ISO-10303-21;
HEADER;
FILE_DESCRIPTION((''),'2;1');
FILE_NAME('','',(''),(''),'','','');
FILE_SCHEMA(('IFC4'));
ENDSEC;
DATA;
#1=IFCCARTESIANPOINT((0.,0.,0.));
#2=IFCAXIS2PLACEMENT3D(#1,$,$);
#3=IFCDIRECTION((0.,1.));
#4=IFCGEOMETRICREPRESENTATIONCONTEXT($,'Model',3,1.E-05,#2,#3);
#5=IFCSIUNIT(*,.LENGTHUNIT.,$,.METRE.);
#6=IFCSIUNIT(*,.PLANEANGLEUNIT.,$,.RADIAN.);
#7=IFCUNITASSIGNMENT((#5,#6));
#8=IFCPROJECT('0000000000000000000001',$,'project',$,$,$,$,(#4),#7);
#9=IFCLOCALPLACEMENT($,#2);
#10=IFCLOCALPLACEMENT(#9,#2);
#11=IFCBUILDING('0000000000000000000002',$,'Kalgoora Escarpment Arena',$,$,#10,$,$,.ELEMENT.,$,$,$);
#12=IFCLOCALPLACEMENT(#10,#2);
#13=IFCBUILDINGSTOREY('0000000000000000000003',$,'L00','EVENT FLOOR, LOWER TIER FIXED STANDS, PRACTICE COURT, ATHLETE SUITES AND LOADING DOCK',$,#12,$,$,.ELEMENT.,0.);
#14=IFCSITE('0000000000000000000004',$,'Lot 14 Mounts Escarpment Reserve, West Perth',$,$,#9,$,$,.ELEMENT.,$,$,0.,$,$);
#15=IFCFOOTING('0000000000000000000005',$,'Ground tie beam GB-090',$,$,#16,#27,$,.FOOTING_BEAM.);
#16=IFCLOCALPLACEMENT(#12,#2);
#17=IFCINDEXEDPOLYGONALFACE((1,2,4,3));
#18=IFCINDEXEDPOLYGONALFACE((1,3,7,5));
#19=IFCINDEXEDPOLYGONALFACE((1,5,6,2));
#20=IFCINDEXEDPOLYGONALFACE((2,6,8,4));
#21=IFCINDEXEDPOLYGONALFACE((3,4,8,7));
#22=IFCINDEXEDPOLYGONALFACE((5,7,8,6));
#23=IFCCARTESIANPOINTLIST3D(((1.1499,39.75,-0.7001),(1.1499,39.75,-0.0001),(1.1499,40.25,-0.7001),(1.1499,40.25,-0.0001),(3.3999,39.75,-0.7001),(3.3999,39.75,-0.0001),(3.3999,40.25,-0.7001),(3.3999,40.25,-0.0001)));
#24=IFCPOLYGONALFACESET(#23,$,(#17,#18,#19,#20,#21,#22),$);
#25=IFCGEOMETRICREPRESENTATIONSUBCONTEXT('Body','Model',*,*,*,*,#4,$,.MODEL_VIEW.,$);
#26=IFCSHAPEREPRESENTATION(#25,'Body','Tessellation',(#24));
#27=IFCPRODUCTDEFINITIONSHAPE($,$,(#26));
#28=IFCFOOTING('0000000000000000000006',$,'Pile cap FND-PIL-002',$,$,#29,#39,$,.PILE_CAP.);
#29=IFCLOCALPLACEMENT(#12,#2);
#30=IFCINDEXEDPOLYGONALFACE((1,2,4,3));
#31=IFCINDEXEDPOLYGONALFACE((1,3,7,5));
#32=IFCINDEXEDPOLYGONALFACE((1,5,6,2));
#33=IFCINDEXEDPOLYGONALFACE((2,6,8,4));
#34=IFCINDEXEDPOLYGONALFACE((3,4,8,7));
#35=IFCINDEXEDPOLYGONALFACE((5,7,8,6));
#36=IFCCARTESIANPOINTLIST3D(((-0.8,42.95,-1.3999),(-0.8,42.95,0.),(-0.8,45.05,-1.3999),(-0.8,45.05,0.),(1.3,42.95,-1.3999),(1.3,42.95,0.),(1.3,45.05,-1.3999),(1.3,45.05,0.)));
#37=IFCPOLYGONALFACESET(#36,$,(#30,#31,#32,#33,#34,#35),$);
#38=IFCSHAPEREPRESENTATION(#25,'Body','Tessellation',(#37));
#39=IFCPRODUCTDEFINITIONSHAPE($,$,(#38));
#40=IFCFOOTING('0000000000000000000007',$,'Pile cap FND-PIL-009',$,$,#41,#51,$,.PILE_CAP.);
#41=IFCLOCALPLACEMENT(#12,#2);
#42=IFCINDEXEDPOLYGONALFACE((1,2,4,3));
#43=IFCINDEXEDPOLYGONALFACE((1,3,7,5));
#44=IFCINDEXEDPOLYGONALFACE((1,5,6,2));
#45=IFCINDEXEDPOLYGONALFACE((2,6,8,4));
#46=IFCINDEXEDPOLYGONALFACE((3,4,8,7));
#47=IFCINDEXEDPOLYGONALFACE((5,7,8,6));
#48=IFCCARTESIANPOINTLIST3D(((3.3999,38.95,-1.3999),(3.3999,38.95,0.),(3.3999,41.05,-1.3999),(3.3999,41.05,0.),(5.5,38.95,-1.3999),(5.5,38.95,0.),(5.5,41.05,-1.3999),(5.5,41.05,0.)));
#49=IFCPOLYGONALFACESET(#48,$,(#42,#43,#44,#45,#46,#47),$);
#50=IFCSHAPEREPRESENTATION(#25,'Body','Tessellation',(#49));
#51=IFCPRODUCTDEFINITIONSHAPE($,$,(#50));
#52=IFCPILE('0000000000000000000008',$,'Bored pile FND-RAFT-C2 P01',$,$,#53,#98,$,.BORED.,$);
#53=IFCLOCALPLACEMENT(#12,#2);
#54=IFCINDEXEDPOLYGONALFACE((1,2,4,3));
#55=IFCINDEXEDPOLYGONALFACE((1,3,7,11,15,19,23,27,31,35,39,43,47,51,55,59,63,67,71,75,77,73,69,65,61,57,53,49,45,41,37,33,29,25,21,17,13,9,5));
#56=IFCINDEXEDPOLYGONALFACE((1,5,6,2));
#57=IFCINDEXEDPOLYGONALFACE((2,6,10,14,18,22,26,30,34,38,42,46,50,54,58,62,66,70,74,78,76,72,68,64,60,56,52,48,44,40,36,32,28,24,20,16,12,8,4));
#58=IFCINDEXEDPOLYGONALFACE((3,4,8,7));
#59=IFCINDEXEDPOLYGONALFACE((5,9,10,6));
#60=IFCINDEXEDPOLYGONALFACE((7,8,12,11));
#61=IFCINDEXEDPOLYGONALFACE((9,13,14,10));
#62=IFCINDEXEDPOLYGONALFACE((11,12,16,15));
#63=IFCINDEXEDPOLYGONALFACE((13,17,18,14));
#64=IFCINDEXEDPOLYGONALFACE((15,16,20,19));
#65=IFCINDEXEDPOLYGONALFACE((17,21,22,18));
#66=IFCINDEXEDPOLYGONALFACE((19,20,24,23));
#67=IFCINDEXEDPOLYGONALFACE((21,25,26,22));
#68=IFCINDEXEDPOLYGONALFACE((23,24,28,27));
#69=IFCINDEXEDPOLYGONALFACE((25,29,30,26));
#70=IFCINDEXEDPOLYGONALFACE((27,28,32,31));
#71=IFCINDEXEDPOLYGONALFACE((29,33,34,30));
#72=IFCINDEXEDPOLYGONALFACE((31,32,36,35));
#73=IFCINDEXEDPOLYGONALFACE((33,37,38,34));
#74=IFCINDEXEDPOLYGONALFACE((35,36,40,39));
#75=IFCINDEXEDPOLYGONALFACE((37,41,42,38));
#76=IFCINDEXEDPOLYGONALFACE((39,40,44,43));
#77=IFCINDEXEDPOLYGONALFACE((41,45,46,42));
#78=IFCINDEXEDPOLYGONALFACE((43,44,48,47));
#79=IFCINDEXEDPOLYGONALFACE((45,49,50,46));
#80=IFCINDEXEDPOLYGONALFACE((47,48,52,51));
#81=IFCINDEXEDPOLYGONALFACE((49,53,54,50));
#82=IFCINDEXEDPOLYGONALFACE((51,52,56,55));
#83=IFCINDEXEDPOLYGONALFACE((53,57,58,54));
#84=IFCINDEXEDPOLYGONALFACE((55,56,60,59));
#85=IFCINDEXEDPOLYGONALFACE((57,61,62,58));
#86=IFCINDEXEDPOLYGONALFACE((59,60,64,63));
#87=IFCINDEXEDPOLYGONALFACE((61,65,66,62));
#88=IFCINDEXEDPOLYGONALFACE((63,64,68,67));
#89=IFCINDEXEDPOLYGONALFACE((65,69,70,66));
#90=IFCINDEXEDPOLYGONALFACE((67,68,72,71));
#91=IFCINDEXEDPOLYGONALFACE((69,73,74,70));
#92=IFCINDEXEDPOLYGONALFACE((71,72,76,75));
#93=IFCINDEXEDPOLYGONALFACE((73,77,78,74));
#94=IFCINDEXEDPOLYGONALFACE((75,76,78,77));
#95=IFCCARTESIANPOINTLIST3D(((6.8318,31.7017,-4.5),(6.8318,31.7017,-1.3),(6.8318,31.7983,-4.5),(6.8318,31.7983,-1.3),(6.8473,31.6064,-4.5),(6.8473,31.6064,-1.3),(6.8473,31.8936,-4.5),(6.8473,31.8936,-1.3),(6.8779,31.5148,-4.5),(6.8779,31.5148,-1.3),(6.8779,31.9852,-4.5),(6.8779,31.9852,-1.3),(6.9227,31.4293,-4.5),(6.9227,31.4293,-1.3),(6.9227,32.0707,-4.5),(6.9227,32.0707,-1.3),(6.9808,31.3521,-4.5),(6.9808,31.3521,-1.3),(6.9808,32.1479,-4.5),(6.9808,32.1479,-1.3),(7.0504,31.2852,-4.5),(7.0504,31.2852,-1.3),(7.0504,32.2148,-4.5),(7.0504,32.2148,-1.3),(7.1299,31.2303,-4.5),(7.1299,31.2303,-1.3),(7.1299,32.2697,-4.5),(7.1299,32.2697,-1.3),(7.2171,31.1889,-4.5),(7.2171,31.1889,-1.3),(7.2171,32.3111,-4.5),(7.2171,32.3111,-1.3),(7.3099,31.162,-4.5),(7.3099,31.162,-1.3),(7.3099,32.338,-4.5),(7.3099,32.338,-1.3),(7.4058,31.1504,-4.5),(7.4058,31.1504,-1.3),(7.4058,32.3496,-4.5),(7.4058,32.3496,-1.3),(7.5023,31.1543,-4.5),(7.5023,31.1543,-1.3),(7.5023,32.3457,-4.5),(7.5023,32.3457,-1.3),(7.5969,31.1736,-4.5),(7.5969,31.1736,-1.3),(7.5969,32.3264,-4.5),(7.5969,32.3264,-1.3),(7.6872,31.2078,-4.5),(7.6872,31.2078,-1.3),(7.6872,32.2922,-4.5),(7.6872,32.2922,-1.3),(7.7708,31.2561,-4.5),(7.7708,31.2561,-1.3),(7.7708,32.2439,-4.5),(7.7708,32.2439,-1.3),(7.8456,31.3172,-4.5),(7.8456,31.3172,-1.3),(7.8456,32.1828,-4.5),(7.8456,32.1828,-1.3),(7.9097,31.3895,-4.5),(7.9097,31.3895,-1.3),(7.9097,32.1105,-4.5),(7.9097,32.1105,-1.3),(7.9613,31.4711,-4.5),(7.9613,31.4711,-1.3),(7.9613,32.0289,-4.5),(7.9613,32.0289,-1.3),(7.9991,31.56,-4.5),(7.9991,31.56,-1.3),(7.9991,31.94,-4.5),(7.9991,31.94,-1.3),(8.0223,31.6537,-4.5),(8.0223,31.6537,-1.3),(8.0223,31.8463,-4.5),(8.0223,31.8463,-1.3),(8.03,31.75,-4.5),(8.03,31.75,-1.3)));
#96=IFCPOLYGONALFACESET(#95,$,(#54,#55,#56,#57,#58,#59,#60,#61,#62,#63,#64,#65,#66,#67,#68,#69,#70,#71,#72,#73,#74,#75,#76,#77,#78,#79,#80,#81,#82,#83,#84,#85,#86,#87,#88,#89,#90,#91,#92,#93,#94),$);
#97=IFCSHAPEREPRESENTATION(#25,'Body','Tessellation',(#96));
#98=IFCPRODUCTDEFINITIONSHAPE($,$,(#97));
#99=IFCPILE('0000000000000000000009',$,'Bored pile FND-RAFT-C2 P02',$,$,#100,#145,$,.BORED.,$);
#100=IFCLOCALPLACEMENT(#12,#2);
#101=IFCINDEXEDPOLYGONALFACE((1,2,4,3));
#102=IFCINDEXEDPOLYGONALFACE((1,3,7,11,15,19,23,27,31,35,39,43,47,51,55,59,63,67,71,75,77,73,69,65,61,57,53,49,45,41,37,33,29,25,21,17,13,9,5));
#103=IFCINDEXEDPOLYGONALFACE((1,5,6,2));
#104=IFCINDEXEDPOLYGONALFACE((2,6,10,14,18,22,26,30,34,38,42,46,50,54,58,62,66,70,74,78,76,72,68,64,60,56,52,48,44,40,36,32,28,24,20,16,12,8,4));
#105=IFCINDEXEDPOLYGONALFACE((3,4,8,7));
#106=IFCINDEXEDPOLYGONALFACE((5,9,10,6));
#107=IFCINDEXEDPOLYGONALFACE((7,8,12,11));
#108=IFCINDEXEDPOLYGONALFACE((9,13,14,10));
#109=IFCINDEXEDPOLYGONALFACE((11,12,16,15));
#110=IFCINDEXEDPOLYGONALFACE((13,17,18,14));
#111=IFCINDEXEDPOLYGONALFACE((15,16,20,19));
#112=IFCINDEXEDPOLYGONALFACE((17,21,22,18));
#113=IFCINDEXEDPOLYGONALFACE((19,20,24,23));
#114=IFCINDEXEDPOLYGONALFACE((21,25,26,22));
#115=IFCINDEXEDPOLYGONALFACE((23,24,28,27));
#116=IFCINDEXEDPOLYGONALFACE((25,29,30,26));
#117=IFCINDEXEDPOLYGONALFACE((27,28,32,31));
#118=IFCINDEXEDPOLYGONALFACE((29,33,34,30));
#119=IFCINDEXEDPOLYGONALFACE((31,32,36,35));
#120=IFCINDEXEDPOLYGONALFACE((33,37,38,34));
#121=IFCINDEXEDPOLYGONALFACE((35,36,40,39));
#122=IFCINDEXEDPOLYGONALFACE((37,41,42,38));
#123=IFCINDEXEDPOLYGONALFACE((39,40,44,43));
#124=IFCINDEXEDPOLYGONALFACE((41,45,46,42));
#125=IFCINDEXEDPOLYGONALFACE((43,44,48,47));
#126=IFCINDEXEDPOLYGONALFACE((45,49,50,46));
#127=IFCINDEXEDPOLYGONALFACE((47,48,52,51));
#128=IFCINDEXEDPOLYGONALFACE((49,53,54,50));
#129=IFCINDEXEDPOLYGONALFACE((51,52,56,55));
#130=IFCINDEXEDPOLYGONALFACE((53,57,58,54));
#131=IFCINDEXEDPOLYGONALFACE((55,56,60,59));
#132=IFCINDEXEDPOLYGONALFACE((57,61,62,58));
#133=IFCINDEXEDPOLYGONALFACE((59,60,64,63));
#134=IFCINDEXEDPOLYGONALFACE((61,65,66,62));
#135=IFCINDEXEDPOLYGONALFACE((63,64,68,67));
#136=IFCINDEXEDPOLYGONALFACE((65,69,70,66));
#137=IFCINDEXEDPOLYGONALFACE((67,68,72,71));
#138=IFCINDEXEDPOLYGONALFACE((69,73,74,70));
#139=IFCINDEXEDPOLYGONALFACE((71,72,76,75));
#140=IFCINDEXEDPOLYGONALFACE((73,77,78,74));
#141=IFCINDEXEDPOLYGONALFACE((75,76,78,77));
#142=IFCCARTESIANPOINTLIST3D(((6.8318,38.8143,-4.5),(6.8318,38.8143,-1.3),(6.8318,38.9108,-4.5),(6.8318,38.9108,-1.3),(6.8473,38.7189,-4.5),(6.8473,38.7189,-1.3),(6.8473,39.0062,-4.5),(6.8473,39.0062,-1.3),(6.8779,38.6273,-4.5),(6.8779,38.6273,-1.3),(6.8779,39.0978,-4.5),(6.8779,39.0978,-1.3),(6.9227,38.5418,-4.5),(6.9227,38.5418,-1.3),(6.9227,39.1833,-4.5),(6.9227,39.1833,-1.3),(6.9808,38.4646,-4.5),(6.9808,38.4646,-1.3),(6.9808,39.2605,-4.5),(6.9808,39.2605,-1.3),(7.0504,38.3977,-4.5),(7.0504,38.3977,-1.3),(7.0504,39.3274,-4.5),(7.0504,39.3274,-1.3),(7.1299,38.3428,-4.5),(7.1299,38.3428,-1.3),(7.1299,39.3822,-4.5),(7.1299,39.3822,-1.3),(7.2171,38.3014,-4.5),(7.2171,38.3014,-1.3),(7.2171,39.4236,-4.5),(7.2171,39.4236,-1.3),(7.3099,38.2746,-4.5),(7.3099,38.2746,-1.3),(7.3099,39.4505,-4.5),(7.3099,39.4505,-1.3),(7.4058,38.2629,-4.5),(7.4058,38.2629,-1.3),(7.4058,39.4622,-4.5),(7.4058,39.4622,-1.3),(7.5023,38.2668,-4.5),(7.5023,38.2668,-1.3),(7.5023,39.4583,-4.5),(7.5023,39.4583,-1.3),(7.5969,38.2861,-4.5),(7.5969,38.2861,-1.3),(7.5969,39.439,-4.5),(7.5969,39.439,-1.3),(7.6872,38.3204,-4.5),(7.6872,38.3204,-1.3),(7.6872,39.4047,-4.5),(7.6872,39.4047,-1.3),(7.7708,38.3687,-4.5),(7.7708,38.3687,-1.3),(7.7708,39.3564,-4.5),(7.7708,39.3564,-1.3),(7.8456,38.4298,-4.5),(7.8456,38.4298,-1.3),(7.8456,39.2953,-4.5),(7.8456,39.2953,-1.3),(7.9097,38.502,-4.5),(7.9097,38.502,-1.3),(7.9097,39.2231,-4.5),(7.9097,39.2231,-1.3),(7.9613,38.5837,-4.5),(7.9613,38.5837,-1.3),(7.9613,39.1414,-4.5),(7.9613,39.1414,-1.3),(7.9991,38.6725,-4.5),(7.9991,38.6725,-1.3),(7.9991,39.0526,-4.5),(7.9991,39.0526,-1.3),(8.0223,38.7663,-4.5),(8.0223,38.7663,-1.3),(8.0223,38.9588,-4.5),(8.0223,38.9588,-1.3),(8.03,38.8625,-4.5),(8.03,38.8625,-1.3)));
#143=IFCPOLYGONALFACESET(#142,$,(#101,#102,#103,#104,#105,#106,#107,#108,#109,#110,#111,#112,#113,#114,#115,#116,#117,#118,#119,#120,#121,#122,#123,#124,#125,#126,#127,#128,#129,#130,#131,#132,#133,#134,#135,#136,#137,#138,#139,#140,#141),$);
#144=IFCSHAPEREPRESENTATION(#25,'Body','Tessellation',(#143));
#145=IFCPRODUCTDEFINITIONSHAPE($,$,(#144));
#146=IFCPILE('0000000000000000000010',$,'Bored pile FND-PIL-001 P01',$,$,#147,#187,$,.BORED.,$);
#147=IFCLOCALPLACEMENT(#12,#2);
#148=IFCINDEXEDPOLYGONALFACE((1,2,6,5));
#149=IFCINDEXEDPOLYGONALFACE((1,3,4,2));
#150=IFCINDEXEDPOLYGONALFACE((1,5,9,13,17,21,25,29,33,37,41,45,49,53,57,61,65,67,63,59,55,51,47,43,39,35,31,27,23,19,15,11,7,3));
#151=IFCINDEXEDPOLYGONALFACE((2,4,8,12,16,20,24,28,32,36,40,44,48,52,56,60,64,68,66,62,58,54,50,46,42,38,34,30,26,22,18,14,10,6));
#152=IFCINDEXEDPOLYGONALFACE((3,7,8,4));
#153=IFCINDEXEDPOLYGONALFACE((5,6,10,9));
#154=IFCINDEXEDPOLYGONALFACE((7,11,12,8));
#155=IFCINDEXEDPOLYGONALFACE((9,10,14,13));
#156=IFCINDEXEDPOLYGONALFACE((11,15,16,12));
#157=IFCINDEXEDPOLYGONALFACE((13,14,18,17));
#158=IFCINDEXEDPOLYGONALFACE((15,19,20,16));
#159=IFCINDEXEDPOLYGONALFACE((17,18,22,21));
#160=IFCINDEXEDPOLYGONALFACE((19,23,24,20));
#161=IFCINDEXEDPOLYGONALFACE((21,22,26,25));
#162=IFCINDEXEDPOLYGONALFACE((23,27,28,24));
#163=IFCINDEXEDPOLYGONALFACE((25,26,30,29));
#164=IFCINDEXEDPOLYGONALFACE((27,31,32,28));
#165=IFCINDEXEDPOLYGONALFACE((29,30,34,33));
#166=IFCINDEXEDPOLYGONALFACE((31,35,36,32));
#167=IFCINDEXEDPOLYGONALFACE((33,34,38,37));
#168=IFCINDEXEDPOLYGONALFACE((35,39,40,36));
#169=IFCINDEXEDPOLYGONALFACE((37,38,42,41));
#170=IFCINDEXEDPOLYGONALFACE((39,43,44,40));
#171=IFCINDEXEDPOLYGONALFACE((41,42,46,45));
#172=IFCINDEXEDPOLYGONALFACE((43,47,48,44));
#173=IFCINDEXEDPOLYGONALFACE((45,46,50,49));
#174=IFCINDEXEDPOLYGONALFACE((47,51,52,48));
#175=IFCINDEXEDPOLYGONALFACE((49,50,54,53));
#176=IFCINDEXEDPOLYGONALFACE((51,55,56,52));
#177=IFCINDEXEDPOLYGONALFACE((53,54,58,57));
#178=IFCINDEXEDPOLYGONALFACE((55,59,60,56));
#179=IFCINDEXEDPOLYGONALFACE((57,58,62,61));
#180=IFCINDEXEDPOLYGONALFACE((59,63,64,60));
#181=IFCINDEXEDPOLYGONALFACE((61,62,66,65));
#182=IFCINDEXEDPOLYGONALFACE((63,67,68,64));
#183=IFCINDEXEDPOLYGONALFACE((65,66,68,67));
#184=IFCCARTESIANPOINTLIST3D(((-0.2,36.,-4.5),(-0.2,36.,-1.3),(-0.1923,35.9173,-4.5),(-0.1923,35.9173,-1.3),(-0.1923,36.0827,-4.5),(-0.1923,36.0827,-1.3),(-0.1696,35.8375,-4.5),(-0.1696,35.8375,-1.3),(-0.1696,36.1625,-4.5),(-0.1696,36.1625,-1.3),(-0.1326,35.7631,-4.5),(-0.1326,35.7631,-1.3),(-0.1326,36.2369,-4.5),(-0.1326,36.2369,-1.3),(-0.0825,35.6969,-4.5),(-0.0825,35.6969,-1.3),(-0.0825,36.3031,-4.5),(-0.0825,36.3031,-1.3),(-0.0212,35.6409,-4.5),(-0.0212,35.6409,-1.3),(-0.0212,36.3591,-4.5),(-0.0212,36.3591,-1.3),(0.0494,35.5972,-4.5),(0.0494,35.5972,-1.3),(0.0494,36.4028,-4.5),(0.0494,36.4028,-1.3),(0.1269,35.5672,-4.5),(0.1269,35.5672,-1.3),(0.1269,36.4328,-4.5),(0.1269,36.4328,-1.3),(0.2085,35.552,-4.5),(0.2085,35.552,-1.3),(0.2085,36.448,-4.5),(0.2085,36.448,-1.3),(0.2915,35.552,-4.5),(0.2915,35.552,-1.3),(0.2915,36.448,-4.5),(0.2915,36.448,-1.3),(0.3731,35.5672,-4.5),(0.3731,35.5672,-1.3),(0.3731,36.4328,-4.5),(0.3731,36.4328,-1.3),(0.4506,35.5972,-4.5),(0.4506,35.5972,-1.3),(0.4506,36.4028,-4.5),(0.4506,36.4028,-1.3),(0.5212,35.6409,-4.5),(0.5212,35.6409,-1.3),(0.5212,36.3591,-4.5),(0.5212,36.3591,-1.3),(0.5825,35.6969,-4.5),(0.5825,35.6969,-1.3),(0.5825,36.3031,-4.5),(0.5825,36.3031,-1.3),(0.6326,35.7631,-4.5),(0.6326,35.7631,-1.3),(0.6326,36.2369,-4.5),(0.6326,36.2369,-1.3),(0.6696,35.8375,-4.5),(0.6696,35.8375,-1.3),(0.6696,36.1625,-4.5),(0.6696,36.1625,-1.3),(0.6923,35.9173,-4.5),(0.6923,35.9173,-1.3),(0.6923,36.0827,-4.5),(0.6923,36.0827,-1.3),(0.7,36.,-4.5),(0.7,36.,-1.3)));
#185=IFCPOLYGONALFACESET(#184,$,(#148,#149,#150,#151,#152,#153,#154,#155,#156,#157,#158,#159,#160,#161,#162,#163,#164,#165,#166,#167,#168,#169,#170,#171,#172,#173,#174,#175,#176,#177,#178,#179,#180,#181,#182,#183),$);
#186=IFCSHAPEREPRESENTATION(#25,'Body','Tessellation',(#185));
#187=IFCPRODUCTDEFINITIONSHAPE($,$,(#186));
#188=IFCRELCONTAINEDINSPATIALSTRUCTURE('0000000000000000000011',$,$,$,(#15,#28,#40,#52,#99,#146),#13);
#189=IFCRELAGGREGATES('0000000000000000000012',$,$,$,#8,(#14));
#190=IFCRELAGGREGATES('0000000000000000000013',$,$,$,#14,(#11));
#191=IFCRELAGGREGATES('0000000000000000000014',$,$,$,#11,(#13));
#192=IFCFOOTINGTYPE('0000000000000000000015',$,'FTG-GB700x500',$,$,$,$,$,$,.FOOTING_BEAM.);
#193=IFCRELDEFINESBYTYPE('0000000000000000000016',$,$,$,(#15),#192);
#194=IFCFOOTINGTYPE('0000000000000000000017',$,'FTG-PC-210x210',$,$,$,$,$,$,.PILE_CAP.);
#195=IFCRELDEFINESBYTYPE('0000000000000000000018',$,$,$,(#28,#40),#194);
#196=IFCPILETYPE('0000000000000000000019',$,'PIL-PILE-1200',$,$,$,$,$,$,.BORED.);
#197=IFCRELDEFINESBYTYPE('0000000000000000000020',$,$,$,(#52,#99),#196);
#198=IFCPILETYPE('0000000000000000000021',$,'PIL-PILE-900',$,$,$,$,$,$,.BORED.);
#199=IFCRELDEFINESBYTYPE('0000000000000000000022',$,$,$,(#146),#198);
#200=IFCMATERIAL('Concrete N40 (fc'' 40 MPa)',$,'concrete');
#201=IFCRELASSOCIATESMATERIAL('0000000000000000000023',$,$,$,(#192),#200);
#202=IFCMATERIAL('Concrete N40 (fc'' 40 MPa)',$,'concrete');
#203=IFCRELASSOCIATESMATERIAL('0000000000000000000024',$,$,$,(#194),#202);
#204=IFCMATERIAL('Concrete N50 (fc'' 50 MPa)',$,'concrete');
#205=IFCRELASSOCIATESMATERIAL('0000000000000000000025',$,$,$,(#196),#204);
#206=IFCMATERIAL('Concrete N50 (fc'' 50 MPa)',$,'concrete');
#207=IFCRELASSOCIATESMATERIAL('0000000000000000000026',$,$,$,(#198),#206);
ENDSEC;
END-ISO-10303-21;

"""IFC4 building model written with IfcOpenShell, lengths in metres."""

from ifc_helpers import new_model, si_unit, direction, frame, origin, origin_2d, place, context, subcontext, project, spatial, rectangle, circle, extrude, material, material_profile, profile_set, type_object, element, save


model = new_model("IFC4")

# Units and contexts
model_context = context("Model", 3, precision=1e-05, world=origin(), true_north=direction((0.0, 1.0)))
body_context = subcontext(model_context, "Body", "Model", "MODEL_VIEW")
ifc_project = project(units=[si_unit("LENGTHUNIT", "METRE"), si_unit("PLANEANGLEUNIT", "RADIAN")], contexts=[model_context])

# Site, building, storey
site_placement = place(None, origin())
site = spatial("IfcSite", under=ifc_project, at=site_placement, Name="Lot 14 Mounts Escarpment Reserve, West Perth", CompositionType="ELEMENT", RefElevation=0.0)
building_placement = place(site_placement, origin())
building = spatial("IfcBuilding", under=site, at=building_placement, Name="Kalgoora Escarpment Arena", CompositionType="ELEMENT")
storey_placement = place(building_placement, origin())
storey = spatial("IfcBuildingStorey", under=building, at=storey_placement, Name="L00", Description="EVENT FLOOR, LOWER TIER FIXED STANDS, PRACTICE COURT, ATHLETE SUITES AND LOADING DOCK", CompositionType="ELEMENT", Elevation=0.0)

# Footings
ifc_material_1 = material(Name="Concrete N40 (fc' 40 MPa)", Category="concrete")
ifc_material_profile_1 = material_profile(ifc_material_1, rectangle(XDim=0.5, YDim=0.7, at=origin_2d()))
ifc_profile_set_1 = profile_set([ifc_material_profile_1], Name="Concrete N40 (fc' 40 MPa)")
footing_type_1 = type_object("IfcFootingType", Name="FTG-GB700x500", PredefinedType="FOOTING_BEAM", material=ifc_profile_set_1)
footing_placement = place(storey_placement, frame((1.1499, 40.0, -0.3501), z_axis=(1.0, 0.0, 0.0), x_axis=(0.0, 1.0, 0.0)))
element("IfcFooting", 1, at=footing_placement, inside=storey, type_object=footing_type_1, Name="Ground tie beam GB-090", PredefinedType="FOOTING_BEAM", context=body_context, shape_type="SweptSolid", body=[
    extrude(rectangle(XDim=0.5, YDim=0.7, at=origin_2d()), origin(), (0.0, 0.0, 1.0), 2.25),
])
ifc_material_2 = material(Name="Concrete N40 (fc' 40 MPa)", Category="concrete")
footing_type_2 = type_object("IfcFootingType", Name="FTG-PC-210x210", PredefinedType="PILE_CAP", material=ifc_material_2)
for number, where, z_axis, x_axis, name in (
    (2, (0.25, 44.0, -1.3999), (0.0, 0.0, 1.0), (1.0, 0.0, 0.0), "Pile cap FND-PIL-002"),
    (3, (4.45, 40.0, -1.3999), (0.0, 0.0, 1.0), (1.0, 0.0, 0.0), "Pile cap FND-PIL-009"),
):
    element("IfcFooting", number, at=place(storey_placement, frame(where, z_axis=z_axis, x_axis=x_axis)), inside=storey, type_object=footing_type_2, Name=name, PredefinedType="PILE_CAP", context=body_context, shape_type="SweptSolid", body=[
        extrude(rectangle(XDim=2.1001, YDim=2.1001, at=origin_2d()), origin(), (0.0, 0.0, 1.0), 1.3999),
    ])

# Piles
ifc_material_3 = material(Name="Concrete N50 (fc' 50 MPa)", Category="concrete")
ifc_material_profile_2 = material_profile(ifc_material_3, circle(Radius=0.6001, at=origin_2d()))
ifc_profile_set_2 = profile_set([ifc_material_profile_2], Name="Concrete N50 (fc' 50 MPa)")
pile_type_1 = type_object("IfcPileType", Name="PIL-PILE-1200", PredefinedType="BORED", material=ifc_profile_set_2)
for number, where, z_axis, x_axis, name in (
    (4, (7.4299, 31.75, -1.3), (0.0, 0.0, -1.0), (1.0, 0.0, 0.0), "Bored pile FND-RAFT-C2 P01"),
    (5, (7.4299, 38.8625, -1.3), (0.0, 0.0, -1.0), (1.0, 0.0, 0.0), "Bored pile FND-RAFT-C2 P02"),
):
    element("IfcPile", number, at=place(storey_placement, frame(where, z_axis=z_axis, x_axis=x_axis)), inside=storey, type_object=pile_type_1, Name=name, PredefinedType="BORED", context=body_context, shape_type="SweptSolid", body=[
        extrude(circle(Radius=0.6001, at=origin_2d()), origin(), (0.0, 0.0, 1.0), 3.2),
    ])
ifc_material_4 = material(Name="Concrete N50 (fc' 50 MPa)", Category="concrete")
ifc_material_profile_3 = material_profile(ifc_material_4, circle(Radius=0.45, at=origin_2d()))
ifc_profile_set_3 = profile_set([ifc_material_profile_3], Name="Concrete N50 (fc' 50 MPa)")
pile_type_2 = type_object("IfcPileType", Name="PIL-PILE-900", PredefinedType="BORED", material=ifc_profile_set_3)
for number, where, z_axis, x_axis, name in (
    (6, (0.25, 36.0, -1.3), (0.0, 0.0, -1.0), (1.0, 0.0, 0.0), "Bored pile FND-PIL-001 P01"),
):
    element("IfcPile", number, at=place(storey_placement, frame(where, z_axis=z_axis, x_axis=x_axis)), inside=storey, type_object=pile_type_2, Name=name, PredefinedType="BORED", context=body_context, shape_type="SweptSolid", body=[
        extrude(circle(Radius=0.45, at=origin_2d()), origin(), (0.0, 0.0, 1.0), 3.2),
    ])

save(model, "model.ifc")
